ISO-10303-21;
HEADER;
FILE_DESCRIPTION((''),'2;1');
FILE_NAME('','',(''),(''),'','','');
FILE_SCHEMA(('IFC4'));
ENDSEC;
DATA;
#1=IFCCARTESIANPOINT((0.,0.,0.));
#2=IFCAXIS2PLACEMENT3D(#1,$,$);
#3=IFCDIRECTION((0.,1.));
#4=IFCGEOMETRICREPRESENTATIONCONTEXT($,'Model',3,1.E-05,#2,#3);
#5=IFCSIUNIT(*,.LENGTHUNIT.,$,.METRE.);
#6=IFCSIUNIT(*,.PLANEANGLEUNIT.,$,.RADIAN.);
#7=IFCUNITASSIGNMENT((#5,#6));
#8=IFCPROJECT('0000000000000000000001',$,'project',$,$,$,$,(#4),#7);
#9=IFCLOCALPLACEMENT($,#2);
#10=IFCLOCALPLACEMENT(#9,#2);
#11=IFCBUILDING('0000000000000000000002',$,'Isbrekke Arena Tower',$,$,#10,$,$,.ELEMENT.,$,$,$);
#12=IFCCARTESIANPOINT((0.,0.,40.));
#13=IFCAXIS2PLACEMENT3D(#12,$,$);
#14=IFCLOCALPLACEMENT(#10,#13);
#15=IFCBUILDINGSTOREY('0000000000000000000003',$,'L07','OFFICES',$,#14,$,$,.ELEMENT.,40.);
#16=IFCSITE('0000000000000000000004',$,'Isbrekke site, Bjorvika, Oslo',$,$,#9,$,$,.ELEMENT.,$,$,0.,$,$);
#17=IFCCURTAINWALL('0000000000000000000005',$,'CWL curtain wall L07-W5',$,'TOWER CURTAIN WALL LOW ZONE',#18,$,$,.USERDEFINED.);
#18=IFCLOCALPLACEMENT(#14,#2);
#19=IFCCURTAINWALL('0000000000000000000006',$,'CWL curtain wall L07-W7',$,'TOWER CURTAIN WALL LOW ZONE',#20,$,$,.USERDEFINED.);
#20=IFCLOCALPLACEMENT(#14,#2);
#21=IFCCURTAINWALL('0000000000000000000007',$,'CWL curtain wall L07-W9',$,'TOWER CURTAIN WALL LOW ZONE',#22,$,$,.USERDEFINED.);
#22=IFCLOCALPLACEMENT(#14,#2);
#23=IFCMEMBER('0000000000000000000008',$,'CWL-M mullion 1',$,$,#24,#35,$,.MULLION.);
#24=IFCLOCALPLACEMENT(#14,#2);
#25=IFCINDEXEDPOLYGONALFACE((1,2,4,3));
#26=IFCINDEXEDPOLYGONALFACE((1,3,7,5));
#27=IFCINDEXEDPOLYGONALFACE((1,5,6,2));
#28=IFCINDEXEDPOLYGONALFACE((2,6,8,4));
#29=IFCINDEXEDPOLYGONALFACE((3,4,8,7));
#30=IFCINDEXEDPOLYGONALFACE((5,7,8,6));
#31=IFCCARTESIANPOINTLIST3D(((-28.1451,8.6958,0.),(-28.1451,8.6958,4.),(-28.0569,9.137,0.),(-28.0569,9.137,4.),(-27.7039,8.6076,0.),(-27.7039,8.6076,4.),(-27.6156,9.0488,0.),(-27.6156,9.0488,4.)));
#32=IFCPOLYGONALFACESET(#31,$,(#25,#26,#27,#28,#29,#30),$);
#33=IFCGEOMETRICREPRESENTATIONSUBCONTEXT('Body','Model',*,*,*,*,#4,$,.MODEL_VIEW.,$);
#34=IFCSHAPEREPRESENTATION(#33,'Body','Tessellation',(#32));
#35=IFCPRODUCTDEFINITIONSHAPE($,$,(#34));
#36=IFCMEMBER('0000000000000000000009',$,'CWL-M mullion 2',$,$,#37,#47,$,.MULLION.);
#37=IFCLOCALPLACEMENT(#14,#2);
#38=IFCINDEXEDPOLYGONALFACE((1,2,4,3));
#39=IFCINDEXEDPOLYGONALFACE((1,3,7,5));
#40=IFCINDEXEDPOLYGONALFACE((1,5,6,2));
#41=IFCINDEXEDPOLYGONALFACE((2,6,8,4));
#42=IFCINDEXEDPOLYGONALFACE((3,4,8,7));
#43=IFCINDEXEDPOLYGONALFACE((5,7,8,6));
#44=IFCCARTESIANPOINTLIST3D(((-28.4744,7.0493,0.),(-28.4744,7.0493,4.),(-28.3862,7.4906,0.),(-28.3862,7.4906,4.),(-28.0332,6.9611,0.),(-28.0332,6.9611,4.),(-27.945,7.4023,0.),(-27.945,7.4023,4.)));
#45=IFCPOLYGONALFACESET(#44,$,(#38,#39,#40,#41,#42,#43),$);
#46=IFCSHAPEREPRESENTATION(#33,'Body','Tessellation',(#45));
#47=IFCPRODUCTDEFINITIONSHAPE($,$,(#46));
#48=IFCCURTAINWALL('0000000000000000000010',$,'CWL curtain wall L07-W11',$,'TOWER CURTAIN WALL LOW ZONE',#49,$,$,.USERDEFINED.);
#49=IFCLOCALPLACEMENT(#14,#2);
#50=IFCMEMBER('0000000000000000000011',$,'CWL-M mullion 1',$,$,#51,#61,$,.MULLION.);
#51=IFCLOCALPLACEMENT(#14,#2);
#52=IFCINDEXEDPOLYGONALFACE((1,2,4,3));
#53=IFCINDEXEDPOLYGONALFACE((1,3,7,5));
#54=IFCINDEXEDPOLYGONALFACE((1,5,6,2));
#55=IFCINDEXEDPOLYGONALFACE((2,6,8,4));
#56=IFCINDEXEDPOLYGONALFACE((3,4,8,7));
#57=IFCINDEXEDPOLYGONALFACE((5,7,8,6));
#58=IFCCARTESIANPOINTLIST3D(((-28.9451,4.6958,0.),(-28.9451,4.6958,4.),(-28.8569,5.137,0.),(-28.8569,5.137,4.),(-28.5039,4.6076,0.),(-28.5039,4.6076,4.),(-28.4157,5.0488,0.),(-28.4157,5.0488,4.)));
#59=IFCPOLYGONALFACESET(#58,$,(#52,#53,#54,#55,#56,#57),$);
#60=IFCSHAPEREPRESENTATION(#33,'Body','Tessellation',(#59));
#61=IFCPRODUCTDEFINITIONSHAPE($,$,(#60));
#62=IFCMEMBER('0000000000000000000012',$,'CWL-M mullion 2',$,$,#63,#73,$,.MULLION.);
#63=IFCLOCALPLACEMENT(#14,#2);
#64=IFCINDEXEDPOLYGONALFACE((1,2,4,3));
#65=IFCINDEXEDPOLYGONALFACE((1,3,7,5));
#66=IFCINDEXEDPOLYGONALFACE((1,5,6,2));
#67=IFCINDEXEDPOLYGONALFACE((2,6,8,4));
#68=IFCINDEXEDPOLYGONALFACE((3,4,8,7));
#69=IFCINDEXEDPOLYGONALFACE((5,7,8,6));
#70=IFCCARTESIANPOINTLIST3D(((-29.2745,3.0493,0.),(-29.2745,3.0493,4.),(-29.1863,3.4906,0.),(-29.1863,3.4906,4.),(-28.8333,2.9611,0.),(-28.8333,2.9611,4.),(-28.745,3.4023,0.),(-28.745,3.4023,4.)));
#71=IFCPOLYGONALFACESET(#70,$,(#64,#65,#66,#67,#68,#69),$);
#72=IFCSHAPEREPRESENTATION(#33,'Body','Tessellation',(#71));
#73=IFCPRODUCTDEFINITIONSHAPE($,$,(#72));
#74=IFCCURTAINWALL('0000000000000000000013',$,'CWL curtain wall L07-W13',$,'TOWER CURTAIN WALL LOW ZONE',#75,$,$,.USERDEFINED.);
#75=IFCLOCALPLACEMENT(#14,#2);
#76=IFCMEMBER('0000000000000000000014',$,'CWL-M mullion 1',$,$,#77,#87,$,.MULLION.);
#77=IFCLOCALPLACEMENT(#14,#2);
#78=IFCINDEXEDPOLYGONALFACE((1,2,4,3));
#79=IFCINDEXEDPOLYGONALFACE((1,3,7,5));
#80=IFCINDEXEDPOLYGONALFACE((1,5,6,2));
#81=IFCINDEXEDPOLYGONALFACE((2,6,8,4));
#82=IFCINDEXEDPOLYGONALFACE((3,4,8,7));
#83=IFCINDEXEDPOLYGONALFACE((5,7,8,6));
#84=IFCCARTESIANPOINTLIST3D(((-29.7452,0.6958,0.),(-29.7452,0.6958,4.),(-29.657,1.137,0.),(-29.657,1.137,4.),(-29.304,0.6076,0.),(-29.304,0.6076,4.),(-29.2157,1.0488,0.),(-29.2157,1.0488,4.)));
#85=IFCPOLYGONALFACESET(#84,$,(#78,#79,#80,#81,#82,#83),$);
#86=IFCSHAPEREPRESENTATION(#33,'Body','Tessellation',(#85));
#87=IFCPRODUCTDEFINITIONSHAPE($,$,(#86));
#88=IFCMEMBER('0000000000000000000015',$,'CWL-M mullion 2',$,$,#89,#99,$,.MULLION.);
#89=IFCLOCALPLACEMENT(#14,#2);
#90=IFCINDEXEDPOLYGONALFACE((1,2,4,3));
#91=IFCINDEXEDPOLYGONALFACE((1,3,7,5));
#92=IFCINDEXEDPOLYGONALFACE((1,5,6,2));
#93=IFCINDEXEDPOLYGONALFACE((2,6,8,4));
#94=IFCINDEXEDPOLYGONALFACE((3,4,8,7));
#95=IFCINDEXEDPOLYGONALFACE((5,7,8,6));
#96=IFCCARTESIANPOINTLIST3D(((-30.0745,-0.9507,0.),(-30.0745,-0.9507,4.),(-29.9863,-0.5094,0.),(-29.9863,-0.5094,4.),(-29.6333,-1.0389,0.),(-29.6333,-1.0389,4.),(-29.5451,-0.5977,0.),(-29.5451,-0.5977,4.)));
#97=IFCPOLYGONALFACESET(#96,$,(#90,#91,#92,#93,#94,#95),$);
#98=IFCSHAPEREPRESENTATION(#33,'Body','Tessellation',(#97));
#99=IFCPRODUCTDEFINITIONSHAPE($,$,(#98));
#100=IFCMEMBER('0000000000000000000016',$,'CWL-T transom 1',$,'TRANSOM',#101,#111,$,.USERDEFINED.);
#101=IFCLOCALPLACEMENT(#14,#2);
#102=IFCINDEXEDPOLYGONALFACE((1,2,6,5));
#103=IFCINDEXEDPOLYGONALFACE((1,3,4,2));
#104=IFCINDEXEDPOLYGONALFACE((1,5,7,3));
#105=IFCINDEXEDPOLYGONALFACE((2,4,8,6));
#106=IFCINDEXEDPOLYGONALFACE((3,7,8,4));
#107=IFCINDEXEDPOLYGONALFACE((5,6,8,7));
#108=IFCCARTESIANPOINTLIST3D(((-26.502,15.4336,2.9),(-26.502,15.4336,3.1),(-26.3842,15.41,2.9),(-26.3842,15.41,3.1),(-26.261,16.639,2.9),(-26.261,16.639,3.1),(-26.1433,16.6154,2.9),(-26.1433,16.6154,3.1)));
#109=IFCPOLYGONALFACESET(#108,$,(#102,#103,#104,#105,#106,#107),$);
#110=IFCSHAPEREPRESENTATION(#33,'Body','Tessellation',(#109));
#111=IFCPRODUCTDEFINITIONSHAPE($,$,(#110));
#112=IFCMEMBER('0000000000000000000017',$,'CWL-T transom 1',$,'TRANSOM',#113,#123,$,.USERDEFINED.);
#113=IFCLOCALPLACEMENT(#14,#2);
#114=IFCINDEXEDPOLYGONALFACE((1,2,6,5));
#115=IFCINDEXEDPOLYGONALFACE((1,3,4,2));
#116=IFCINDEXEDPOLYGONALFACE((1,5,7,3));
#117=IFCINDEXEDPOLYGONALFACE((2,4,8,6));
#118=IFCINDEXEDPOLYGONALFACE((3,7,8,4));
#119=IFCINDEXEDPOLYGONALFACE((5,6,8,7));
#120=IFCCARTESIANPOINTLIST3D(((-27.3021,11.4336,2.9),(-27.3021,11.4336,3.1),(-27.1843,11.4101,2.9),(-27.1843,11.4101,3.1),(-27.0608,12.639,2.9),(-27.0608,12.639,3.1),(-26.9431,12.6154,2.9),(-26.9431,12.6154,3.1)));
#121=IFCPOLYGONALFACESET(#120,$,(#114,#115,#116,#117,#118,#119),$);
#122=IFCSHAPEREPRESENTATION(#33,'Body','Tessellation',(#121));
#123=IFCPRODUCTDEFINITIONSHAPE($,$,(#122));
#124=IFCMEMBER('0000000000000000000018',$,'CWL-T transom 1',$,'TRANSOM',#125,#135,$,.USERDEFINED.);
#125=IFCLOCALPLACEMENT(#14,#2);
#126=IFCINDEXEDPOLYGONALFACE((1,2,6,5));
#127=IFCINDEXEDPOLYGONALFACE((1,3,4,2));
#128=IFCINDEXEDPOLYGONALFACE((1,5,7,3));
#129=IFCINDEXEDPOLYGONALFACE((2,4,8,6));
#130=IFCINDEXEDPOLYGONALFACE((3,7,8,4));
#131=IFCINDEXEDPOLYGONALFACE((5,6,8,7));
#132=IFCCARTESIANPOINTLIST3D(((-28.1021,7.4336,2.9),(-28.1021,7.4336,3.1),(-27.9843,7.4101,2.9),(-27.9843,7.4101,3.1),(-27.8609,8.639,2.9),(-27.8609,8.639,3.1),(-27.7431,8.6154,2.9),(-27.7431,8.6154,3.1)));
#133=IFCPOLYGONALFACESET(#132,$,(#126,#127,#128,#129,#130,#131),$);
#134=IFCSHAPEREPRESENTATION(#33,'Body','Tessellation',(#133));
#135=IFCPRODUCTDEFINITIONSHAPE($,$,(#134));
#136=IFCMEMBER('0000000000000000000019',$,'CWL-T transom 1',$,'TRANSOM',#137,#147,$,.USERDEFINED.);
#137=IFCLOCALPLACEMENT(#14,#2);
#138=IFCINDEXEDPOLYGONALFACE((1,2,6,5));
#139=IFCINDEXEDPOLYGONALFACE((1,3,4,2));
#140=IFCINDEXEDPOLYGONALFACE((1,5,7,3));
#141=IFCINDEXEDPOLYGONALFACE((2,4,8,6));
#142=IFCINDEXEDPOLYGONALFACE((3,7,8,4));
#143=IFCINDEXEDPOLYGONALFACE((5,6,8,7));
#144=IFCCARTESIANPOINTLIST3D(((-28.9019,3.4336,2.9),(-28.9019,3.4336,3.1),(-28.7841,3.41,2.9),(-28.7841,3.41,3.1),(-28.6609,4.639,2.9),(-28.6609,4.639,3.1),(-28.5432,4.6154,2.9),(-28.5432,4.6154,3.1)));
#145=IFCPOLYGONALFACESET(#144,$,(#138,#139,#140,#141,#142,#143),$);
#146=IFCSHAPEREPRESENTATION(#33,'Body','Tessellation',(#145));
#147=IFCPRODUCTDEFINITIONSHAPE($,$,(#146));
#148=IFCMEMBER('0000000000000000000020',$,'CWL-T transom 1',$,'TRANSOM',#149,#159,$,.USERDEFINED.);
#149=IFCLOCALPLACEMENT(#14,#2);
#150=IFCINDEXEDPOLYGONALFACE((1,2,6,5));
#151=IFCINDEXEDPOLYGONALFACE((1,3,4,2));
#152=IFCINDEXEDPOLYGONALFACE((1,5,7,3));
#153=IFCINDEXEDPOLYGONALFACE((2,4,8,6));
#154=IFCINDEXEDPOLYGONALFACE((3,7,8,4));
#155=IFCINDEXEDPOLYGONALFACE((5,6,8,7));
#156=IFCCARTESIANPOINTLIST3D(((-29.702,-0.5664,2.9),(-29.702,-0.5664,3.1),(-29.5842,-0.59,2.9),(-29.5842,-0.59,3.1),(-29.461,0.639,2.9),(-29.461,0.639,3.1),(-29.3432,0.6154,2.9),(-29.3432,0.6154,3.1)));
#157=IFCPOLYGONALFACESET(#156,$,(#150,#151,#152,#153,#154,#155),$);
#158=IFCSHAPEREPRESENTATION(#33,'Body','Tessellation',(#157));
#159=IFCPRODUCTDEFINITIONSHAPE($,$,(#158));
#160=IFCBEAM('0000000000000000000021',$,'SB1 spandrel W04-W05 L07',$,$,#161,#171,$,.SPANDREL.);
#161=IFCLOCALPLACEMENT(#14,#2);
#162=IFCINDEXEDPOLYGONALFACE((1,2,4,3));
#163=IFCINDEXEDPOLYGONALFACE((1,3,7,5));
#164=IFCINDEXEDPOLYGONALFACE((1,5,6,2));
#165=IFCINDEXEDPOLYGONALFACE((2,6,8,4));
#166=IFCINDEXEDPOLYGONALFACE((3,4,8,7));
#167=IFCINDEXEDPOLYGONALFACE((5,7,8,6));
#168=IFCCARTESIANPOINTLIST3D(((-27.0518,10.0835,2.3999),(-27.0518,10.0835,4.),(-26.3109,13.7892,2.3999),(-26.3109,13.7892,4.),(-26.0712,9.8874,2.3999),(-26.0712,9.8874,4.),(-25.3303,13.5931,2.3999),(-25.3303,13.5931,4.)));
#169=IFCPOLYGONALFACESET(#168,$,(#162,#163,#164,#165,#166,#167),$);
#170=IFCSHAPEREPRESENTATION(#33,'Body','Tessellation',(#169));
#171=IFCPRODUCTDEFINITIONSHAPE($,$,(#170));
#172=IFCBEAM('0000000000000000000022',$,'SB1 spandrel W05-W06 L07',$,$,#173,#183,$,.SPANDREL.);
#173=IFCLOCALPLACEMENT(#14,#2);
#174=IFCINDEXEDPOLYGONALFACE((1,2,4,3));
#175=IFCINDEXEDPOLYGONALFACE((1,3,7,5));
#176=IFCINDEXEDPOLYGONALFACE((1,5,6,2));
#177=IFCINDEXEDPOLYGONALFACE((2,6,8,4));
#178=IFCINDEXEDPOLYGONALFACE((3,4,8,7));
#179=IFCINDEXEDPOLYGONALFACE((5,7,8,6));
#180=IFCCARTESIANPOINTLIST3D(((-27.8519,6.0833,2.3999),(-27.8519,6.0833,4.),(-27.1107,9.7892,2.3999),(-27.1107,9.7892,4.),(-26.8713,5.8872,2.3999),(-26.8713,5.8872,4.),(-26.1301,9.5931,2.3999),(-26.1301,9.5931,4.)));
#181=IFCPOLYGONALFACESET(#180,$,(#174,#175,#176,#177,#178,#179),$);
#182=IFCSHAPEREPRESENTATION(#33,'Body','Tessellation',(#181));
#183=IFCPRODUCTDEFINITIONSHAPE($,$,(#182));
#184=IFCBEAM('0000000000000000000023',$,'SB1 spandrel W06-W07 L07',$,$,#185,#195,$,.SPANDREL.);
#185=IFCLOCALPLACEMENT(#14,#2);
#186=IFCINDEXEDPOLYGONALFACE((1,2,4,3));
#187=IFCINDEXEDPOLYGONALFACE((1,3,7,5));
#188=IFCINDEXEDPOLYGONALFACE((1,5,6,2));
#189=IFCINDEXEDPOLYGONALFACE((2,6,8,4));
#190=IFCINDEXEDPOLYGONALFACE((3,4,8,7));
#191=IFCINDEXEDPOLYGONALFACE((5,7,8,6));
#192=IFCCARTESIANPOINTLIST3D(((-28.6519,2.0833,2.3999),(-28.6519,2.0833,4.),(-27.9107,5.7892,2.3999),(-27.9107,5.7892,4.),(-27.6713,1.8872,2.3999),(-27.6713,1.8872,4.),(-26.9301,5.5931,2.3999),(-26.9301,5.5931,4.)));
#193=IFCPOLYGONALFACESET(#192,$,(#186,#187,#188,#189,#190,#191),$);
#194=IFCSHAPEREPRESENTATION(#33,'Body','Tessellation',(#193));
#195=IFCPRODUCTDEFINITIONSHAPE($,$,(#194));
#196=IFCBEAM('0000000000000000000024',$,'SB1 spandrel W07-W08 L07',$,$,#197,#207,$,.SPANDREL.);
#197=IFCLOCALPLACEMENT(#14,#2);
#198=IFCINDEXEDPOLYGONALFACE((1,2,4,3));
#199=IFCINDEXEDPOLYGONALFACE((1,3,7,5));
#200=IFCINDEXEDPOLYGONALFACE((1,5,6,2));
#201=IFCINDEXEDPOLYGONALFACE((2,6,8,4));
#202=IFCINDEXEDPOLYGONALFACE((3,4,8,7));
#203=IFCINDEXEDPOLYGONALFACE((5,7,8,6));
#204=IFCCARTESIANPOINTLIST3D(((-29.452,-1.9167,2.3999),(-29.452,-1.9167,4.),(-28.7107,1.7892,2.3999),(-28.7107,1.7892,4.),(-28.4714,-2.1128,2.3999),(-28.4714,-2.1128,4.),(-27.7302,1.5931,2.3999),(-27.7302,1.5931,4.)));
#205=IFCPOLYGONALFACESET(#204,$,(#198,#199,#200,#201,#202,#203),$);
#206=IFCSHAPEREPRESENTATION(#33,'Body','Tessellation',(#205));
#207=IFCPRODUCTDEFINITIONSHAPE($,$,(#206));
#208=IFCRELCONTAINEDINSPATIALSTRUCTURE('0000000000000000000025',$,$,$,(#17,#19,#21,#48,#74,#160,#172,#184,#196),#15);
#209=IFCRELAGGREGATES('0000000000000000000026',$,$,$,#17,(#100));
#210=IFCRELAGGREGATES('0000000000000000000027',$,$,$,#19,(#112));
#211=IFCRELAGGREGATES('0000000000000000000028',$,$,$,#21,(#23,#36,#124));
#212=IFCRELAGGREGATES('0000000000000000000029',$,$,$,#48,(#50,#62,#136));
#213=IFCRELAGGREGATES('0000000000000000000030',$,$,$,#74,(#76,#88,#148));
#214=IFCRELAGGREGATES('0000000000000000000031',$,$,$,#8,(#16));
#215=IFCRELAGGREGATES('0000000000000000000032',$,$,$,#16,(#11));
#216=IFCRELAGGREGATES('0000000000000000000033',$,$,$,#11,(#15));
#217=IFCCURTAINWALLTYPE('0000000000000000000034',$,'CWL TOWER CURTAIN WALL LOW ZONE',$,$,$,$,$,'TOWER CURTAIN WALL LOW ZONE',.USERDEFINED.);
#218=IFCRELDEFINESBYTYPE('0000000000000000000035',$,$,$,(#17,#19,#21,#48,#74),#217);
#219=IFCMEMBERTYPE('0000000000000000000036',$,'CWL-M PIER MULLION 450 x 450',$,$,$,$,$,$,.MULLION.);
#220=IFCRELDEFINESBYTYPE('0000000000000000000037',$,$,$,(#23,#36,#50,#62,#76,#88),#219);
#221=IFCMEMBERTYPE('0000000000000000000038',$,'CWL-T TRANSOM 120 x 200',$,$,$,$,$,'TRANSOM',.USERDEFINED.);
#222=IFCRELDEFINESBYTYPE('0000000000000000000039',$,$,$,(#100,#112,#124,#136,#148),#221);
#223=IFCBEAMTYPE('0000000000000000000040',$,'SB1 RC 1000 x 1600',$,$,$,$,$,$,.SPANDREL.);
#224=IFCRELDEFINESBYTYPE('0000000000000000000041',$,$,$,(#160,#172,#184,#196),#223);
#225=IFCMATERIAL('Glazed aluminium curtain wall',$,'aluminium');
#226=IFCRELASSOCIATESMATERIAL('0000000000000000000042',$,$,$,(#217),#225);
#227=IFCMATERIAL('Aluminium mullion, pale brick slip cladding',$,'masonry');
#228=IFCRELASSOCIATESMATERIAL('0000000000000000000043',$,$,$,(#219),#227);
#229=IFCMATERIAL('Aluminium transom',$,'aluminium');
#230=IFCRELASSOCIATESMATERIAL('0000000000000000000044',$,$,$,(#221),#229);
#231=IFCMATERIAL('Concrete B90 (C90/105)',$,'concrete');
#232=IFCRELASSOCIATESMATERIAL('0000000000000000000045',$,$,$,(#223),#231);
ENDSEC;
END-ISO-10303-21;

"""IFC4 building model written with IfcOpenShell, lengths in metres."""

from ifc_helpers import new_model, si_unit, direction, frame, origin, origin_2d, place, context, subcontext, project, spatial, rectangle, extrude, material, material_profile, profile_set, type_object, element, aggregate, save


model = new_model("IFC4")

# Units and contexts
model_context = context("Model", 3, precision=1e-05, world=origin(), true_north=direction((0.0, 1.0)))
body_context = subcontext(model_context, "Body", "Model", "MODEL_VIEW")
ifc_project = project(units=[si_unit("LENGTHUNIT", "METRE"), si_unit("PLANEANGLEUNIT", "RADIAN")], contexts=[model_context])

# Site, building, storey
site_placement = place(None, origin())
site = spatial("IfcSite", under=ifc_project, at=site_placement, Name="Isbrekke site, Bjorvika, Oslo", CompositionType="ELEMENT", RefElevation=0.0)
building_placement = place(site_placement, origin())
building = spatial("IfcBuilding", under=site, at=building_placement, Name="Isbrekke Arena Tower", CompositionType="ELEMENT")
storey_placement = place(building_placement, frame((0.0, 0.0, 40.0)))
storey = spatial("IfcBuildingStorey", under=building, at=storey_placement, Name="L07", Description="OFFICES", CompositionType="ELEMENT", Elevation=40.0)

# Curtain walls, members
ifc_material_1 = material(Name="Glazed aluminium curtain wall", Category="aluminium")
curtain_wall_type = type_object("IfcCurtainWallType", Name="CWL TOWER CURTAIN WALL LOW ZONE", ElementType="TOWER CURTAIN WALL LOW ZONE", PredefinedType="USERDEFINED", material=ifc_material_1)
curtain_wall_1_placement = place(storey_placement, origin())
curtain_wall_1 = element("IfcCurtainWall", 1, at=curtain_wall_1_placement, inside=storey, type_object=curtain_wall_type, Name="CWL curtain wall L07-W5", ObjectType="TOWER CURTAIN WALL LOW ZONE", PredefinedType="USERDEFINED")
ifc_material_2 = material(Name="Aluminium mullion, pale brick slip cladding", Category="masonry")
ifc_material_profile_1 = material_profile(ifc_material_2, rectangle(XDim=0.45, YDim=0.45, at=origin_2d()), Name="PIER 450X450")
ifc_profile_set_1 = profile_set([ifc_material_profile_1], Name="Aluminium mullion, pale brick slip cladding")
member_type_1 = type_object("IfcMemberType", Name="CWL-M PIER MULLION 450 x 450", PredefinedType="MULLION", material=ifc_profile_set_1)
curtain_wall_2_placement = place(storey_placement, origin())
curtain_wall_2 = element("IfcCurtainWall", 2, at=curtain_wall_2_placement, inside=storey, type_object=curtain_wall_type, Name="CWL curtain wall L07-W7", ObjectType="TOWER CURTAIN WALL LOW ZONE", PredefinedType="USERDEFINED")
curtain_wall_3_placement = place(storey_placement, origin())
curtain_wall_3 = element("IfcCurtainWall", 3, at=curtain_wall_3_placement, inside=storey, type_object=curtain_wall_type, Name="CWL curtain wall L07-W9", ObjectType="TOWER CURTAIN WALL LOW ZONE", PredefinedType="USERDEFINED")
member_1_placement = place(storey_placement, frame((-27.8804, 8.8723, 0.0), z_axis=(0.0, 0.0, 1.0), x_axis=(-0.196116, -0.980581, 0.0)))
member_1 = element("IfcMember", 4, at=member_1_placement, type_object=member_type_1, Name="CWL-M mullion 1", PredefinedType="MULLION", context=body_context, shape_type="SweptSolid", body=[
    extrude(rectangle(XDim=0.45, YDim=0.45, at=origin_2d()), origin(), (0.0, 0.0, 1.0), 4.0),
])
member_2_placement = place(storey_placement, frame((-28.2097, 7.2258, 0.0), z_axis=(0.0, 0.0, 1.0), x_axis=(-0.196116, -0.980581, 0.0)))
member_2 = element("IfcMember", 5, at=member_2_placement, type_object=member_type_1, Name="CWL-M mullion 2", PredefinedType="MULLION", context=body_context, shape_type="SweptSolid", body=[
    extrude(rectangle(XDim=0.45, YDim=0.45, at=origin_2d()), origin(), (0.0, 0.0, 1.0), 4.0),
])
curtain_wall_4_placement = place(storey_placement, origin())
curtain_wall_4 = element("IfcCurtainWall", 6, at=curtain_wall_4_placement, inside=storey, type_object=curtain_wall_type, Name="CWL curtain wall L07-W11", ObjectType="TOWER CURTAIN WALL LOW ZONE", PredefinedType="USERDEFINED")
member_3_placement = place(storey_placement, frame((-28.6804, 4.8723, 0.0), z_axis=(0.0, 0.0, 1.0), x_axis=(-0.196116, -0.980581, 0.0)))
member_3 = element("IfcMember", 7, at=member_3_placement, type_object=member_type_1, Name="CWL-M mullion 1", PredefinedType="MULLION", context=body_context, shape_type="SweptSolid", body=[
    extrude(rectangle(XDim=0.45, YDim=0.45, at=origin_2d()), origin(), (0.0, 0.0, 1.0), 4.0),
])
member_4_placement = place(storey_placement, frame((-29.0098, 3.2258, 0.0), z_axis=(0.0, 0.0, 1.0), x_axis=(-0.196116, -0.980581, 0.0)))
member_4 = element("IfcMember", 8, at=member_4_placement, type_object=member_type_1, Name="CWL-M mullion 2", PredefinedType="MULLION", context=body_context, shape_type="SweptSolid", body=[
    extrude(rectangle(XDim=0.45, YDim=0.45, at=origin_2d()), origin(), (0.0, 0.0, 1.0), 4.0),
])
curtain_wall_5_placement = place(storey_placement, origin())
curtain_wall_5 = element("IfcCurtainWall", 9, at=curtain_wall_5_placement, inside=storey, type_object=curtain_wall_type, Name="CWL curtain wall L07-W13", ObjectType="TOWER CURTAIN WALL LOW ZONE", PredefinedType="USERDEFINED")
member_5_placement = place(storey_placement, frame((-29.4805, 0.8723, 0.0), z_axis=(0.0, 0.0, 1.0), x_axis=(-0.196116, -0.980581, 0.0)))
member_5 = element("IfcMember", 10, at=member_5_placement, type_object=member_type_1, Name="CWL-M mullion 1", PredefinedType="MULLION", context=body_context, shape_type="SweptSolid", body=[
    extrude(rectangle(XDim=0.45, YDim=0.45, at=origin_2d()), origin(), (0.0, 0.0, 1.0), 4.0),
])
member_6_placement = place(storey_placement, frame((-29.8098, -0.7742, 0.0), z_axis=(0.0, 0.0, 1.0), x_axis=(-0.196116, -0.980581, 0.0)))
member_6 = element("IfcMember", 11, at=member_6_placement, type_object=member_type_1, Name="CWL-M mullion 2", PredefinedType="MULLION", context=body_context, shape_type="SweptSolid", body=[
    extrude(rectangle(XDim=0.45, YDim=0.45, at=origin_2d()), origin(), (0.0, 0.0, 1.0), 4.0),
])

# Members
ifc_material_3 = material(Name="Aluminium transom", Category="aluminium")
ifc_material_profile_2 = material_profile(ifc_material_3, rectangle(XDim=0.1201, YDim=0.2, at=origin_2d()), Name="TRANSOM 120X200")
ifc_profile_set_2 = profile_set([ifc_material_profile_2], Name="Aluminium transom")
member_type_2 = type_object("IfcMemberType", Name="CWL-T TRANSOM 120 x 200", ElementType="TRANSOM", PredefinedType="USERDEFINED", material=ifc_profile_set_2)
member_7_placement = place(storey_placement, frame((-26.2021, 16.6272, 3.0), z_axis=(-0.19604, -0.980596, 0.0), x_axis=(0.980596, -0.19604, 0.0)))
member_7 = element("IfcMember", 12, at=member_7_placement, type_object=member_type_2, Name="CWL-T transom 1", ObjectType="TRANSOM", PredefinedType="USERDEFINED", context=body_context, shape_type="SweptSolid", body=[
    extrude(rectangle(XDim=0.1201, YDim=0.2, at=origin_2d()), origin(), (0.0, 0.0, 1.0), 1.2292),
])
member_8_placement = place(storey_placement, frame((-27.002, 12.6272, 3.0), z_axis=(-0.196231, -0.980558, 0.0), x_axis=(0.980558, -0.196231, 0.0)))
member_8 = element("IfcMember", 13, at=member_8_placement, type_object=member_type_2, Name="CWL-T transom 1", ObjectType="TRANSOM", PredefinedType="USERDEFINED", context=body_context, shape_type="SweptSolid", body=[
    extrude(rectangle(XDim=0.1201, YDim=0.2, at=origin_2d()), origin(), (0.0, 0.0, 1.0), 1.2292),
])
member_9_placement = place(storey_placement, frame((-27.802, 8.6272, 3.0), z_axis=(-0.196231, -0.980558, 0.0), x_axis=(0.980558, -0.196231, 0.0)))
member_9 = element("IfcMember", 14, at=member_9_placement, type_object=member_type_2, Name="CWL-T transom 1", ObjectType="TRANSOM", PredefinedType="USERDEFINED", context=body_context, shape_type="SweptSolid", body=[
    extrude(rectangle(XDim=0.1201, YDim=0.2, at=origin_2d()), origin(), (0.0, 0.0, 1.0), 1.2292),
])
member_10_placement = place(storey_placement, frame((-28.6021, 4.6272, 3.0), z_axis=(-0.19604, -0.980596, 0.0), x_axis=(0.980596, -0.19604, 0.0)))
member_10 = element("IfcMember", 15, at=member_10_placement, type_object=member_type_2, Name="CWL-T transom 1", ObjectType="TRANSOM", PredefinedType="USERDEFINED", context=body_context, shape_type="SweptSolid", body=[
    extrude(rectangle(XDim=0.1201, YDim=0.2, at=origin_2d()), origin(), (0.0, 0.0, 1.0), 1.2292),
])
member_11_placement = place(storey_placement, frame((-29.4021, 0.6272, 3.0), z_axis=(-0.19604, -0.980596, 0.0), x_axis=(0.980596, -0.19604, 0.0)))
member_11 = element("IfcMember", 16, at=member_11_placement, type_object=member_type_2, Name="CWL-T transom 1", ObjectType="TRANSOM", PredefinedType="USERDEFINED", context=body_context, shape_type="SweptSolid", body=[
    extrude(rectangle(XDim=0.1201, YDim=0.2, at=origin_2d()), origin(), (0.0, 0.0, 1.0), 1.2292),
])

# Beams
ifc_material_4 = material(Name="Concrete B90 (C90/105)", Category="concrete")
ifc_material_profile_3 = material_profile(ifc_material_4, rectangle(XDim=1.0, YDim=1.6001, at=origin_2d()), Name="RC 1000x1600")
ifc_profile_set_3 = profile_set([ifc_material_profile_3], Name="Concrete B90 (C90/105)")
beam_type_1 = type_object("IfcBeamType", Name="SB1 RC 1000 x 1600", PredefinedType="SPANDREL", material=ifc_profile_set_3)
beam_1_placement = place(storey_placement, frame((-25.8206, 13.6912, 3.2), z_axis=(-0.196066, -0.980591, 0.0), x_axis=(0.980591, -0.196066, 0.0)))
element("IfcBeam", 17, at=beam_1_placement, inside=storey, type_object=beam_type_1, Name="SB1 spandrel W04-W05 L07", PredefinedType="SPANDREL", context=body_context, shape_type="SweptSolid", body=[
    extrude(rectangle(XDim=1.0, YDim=1.6001, at=origin_2d()), origin(), (0.0, 0.0, 1.0), 3.7791),
])
for number, where, z_axis, x_axis, name in (
    (18, (-26.6204, 9.6912, 3.2), (-0.196129, -0.980578, 0.0), (0.980578, -0.196129, 0.0), "SB1 spandrel W05-W06 L07"),
    (19, (-27.4204, 5.6912, 3.2), (-0.196129, -0.980578, 0.0), (0.980578, -0.196129, 0.0), "SB1 spandrel W06-W07 L07"),
    (20, (-28.2205, 1.6912, 3.2), (-0.196129, -0.980578, 0.0), (0.980578, -0.196129, 0.0), "SB1 spandrel W07-W08 L07"),
):
    element("IfcBeam", number, at=place(storey_placement, frame(where, z_axis=z_axis, x_axis=x_axis)), inside=storey, type_object=beam_type_1, Name=name, PredefinedType="SPANDREL", context=body_context, shape_type="SweptSolid", body=[
        extrude(rectangle(XDim=1.0, YDim=1.6001, at=origin_2d()), origin(), (0.0, 0.0, 1.0), 3.7793),
    ])

aggregate(curtain_wall_1, [member_7])
aggregate(curtain_wall_2, [member_8])
aggregate(curtain_wall_3, [member_1, member_2, member_9])
aggregate(curtain_wall_4, [member_3, member_4, member_10])
aggregate(curtain_wall_5, [member_5, member_6, member_11])

save(model, "model.ifc")
